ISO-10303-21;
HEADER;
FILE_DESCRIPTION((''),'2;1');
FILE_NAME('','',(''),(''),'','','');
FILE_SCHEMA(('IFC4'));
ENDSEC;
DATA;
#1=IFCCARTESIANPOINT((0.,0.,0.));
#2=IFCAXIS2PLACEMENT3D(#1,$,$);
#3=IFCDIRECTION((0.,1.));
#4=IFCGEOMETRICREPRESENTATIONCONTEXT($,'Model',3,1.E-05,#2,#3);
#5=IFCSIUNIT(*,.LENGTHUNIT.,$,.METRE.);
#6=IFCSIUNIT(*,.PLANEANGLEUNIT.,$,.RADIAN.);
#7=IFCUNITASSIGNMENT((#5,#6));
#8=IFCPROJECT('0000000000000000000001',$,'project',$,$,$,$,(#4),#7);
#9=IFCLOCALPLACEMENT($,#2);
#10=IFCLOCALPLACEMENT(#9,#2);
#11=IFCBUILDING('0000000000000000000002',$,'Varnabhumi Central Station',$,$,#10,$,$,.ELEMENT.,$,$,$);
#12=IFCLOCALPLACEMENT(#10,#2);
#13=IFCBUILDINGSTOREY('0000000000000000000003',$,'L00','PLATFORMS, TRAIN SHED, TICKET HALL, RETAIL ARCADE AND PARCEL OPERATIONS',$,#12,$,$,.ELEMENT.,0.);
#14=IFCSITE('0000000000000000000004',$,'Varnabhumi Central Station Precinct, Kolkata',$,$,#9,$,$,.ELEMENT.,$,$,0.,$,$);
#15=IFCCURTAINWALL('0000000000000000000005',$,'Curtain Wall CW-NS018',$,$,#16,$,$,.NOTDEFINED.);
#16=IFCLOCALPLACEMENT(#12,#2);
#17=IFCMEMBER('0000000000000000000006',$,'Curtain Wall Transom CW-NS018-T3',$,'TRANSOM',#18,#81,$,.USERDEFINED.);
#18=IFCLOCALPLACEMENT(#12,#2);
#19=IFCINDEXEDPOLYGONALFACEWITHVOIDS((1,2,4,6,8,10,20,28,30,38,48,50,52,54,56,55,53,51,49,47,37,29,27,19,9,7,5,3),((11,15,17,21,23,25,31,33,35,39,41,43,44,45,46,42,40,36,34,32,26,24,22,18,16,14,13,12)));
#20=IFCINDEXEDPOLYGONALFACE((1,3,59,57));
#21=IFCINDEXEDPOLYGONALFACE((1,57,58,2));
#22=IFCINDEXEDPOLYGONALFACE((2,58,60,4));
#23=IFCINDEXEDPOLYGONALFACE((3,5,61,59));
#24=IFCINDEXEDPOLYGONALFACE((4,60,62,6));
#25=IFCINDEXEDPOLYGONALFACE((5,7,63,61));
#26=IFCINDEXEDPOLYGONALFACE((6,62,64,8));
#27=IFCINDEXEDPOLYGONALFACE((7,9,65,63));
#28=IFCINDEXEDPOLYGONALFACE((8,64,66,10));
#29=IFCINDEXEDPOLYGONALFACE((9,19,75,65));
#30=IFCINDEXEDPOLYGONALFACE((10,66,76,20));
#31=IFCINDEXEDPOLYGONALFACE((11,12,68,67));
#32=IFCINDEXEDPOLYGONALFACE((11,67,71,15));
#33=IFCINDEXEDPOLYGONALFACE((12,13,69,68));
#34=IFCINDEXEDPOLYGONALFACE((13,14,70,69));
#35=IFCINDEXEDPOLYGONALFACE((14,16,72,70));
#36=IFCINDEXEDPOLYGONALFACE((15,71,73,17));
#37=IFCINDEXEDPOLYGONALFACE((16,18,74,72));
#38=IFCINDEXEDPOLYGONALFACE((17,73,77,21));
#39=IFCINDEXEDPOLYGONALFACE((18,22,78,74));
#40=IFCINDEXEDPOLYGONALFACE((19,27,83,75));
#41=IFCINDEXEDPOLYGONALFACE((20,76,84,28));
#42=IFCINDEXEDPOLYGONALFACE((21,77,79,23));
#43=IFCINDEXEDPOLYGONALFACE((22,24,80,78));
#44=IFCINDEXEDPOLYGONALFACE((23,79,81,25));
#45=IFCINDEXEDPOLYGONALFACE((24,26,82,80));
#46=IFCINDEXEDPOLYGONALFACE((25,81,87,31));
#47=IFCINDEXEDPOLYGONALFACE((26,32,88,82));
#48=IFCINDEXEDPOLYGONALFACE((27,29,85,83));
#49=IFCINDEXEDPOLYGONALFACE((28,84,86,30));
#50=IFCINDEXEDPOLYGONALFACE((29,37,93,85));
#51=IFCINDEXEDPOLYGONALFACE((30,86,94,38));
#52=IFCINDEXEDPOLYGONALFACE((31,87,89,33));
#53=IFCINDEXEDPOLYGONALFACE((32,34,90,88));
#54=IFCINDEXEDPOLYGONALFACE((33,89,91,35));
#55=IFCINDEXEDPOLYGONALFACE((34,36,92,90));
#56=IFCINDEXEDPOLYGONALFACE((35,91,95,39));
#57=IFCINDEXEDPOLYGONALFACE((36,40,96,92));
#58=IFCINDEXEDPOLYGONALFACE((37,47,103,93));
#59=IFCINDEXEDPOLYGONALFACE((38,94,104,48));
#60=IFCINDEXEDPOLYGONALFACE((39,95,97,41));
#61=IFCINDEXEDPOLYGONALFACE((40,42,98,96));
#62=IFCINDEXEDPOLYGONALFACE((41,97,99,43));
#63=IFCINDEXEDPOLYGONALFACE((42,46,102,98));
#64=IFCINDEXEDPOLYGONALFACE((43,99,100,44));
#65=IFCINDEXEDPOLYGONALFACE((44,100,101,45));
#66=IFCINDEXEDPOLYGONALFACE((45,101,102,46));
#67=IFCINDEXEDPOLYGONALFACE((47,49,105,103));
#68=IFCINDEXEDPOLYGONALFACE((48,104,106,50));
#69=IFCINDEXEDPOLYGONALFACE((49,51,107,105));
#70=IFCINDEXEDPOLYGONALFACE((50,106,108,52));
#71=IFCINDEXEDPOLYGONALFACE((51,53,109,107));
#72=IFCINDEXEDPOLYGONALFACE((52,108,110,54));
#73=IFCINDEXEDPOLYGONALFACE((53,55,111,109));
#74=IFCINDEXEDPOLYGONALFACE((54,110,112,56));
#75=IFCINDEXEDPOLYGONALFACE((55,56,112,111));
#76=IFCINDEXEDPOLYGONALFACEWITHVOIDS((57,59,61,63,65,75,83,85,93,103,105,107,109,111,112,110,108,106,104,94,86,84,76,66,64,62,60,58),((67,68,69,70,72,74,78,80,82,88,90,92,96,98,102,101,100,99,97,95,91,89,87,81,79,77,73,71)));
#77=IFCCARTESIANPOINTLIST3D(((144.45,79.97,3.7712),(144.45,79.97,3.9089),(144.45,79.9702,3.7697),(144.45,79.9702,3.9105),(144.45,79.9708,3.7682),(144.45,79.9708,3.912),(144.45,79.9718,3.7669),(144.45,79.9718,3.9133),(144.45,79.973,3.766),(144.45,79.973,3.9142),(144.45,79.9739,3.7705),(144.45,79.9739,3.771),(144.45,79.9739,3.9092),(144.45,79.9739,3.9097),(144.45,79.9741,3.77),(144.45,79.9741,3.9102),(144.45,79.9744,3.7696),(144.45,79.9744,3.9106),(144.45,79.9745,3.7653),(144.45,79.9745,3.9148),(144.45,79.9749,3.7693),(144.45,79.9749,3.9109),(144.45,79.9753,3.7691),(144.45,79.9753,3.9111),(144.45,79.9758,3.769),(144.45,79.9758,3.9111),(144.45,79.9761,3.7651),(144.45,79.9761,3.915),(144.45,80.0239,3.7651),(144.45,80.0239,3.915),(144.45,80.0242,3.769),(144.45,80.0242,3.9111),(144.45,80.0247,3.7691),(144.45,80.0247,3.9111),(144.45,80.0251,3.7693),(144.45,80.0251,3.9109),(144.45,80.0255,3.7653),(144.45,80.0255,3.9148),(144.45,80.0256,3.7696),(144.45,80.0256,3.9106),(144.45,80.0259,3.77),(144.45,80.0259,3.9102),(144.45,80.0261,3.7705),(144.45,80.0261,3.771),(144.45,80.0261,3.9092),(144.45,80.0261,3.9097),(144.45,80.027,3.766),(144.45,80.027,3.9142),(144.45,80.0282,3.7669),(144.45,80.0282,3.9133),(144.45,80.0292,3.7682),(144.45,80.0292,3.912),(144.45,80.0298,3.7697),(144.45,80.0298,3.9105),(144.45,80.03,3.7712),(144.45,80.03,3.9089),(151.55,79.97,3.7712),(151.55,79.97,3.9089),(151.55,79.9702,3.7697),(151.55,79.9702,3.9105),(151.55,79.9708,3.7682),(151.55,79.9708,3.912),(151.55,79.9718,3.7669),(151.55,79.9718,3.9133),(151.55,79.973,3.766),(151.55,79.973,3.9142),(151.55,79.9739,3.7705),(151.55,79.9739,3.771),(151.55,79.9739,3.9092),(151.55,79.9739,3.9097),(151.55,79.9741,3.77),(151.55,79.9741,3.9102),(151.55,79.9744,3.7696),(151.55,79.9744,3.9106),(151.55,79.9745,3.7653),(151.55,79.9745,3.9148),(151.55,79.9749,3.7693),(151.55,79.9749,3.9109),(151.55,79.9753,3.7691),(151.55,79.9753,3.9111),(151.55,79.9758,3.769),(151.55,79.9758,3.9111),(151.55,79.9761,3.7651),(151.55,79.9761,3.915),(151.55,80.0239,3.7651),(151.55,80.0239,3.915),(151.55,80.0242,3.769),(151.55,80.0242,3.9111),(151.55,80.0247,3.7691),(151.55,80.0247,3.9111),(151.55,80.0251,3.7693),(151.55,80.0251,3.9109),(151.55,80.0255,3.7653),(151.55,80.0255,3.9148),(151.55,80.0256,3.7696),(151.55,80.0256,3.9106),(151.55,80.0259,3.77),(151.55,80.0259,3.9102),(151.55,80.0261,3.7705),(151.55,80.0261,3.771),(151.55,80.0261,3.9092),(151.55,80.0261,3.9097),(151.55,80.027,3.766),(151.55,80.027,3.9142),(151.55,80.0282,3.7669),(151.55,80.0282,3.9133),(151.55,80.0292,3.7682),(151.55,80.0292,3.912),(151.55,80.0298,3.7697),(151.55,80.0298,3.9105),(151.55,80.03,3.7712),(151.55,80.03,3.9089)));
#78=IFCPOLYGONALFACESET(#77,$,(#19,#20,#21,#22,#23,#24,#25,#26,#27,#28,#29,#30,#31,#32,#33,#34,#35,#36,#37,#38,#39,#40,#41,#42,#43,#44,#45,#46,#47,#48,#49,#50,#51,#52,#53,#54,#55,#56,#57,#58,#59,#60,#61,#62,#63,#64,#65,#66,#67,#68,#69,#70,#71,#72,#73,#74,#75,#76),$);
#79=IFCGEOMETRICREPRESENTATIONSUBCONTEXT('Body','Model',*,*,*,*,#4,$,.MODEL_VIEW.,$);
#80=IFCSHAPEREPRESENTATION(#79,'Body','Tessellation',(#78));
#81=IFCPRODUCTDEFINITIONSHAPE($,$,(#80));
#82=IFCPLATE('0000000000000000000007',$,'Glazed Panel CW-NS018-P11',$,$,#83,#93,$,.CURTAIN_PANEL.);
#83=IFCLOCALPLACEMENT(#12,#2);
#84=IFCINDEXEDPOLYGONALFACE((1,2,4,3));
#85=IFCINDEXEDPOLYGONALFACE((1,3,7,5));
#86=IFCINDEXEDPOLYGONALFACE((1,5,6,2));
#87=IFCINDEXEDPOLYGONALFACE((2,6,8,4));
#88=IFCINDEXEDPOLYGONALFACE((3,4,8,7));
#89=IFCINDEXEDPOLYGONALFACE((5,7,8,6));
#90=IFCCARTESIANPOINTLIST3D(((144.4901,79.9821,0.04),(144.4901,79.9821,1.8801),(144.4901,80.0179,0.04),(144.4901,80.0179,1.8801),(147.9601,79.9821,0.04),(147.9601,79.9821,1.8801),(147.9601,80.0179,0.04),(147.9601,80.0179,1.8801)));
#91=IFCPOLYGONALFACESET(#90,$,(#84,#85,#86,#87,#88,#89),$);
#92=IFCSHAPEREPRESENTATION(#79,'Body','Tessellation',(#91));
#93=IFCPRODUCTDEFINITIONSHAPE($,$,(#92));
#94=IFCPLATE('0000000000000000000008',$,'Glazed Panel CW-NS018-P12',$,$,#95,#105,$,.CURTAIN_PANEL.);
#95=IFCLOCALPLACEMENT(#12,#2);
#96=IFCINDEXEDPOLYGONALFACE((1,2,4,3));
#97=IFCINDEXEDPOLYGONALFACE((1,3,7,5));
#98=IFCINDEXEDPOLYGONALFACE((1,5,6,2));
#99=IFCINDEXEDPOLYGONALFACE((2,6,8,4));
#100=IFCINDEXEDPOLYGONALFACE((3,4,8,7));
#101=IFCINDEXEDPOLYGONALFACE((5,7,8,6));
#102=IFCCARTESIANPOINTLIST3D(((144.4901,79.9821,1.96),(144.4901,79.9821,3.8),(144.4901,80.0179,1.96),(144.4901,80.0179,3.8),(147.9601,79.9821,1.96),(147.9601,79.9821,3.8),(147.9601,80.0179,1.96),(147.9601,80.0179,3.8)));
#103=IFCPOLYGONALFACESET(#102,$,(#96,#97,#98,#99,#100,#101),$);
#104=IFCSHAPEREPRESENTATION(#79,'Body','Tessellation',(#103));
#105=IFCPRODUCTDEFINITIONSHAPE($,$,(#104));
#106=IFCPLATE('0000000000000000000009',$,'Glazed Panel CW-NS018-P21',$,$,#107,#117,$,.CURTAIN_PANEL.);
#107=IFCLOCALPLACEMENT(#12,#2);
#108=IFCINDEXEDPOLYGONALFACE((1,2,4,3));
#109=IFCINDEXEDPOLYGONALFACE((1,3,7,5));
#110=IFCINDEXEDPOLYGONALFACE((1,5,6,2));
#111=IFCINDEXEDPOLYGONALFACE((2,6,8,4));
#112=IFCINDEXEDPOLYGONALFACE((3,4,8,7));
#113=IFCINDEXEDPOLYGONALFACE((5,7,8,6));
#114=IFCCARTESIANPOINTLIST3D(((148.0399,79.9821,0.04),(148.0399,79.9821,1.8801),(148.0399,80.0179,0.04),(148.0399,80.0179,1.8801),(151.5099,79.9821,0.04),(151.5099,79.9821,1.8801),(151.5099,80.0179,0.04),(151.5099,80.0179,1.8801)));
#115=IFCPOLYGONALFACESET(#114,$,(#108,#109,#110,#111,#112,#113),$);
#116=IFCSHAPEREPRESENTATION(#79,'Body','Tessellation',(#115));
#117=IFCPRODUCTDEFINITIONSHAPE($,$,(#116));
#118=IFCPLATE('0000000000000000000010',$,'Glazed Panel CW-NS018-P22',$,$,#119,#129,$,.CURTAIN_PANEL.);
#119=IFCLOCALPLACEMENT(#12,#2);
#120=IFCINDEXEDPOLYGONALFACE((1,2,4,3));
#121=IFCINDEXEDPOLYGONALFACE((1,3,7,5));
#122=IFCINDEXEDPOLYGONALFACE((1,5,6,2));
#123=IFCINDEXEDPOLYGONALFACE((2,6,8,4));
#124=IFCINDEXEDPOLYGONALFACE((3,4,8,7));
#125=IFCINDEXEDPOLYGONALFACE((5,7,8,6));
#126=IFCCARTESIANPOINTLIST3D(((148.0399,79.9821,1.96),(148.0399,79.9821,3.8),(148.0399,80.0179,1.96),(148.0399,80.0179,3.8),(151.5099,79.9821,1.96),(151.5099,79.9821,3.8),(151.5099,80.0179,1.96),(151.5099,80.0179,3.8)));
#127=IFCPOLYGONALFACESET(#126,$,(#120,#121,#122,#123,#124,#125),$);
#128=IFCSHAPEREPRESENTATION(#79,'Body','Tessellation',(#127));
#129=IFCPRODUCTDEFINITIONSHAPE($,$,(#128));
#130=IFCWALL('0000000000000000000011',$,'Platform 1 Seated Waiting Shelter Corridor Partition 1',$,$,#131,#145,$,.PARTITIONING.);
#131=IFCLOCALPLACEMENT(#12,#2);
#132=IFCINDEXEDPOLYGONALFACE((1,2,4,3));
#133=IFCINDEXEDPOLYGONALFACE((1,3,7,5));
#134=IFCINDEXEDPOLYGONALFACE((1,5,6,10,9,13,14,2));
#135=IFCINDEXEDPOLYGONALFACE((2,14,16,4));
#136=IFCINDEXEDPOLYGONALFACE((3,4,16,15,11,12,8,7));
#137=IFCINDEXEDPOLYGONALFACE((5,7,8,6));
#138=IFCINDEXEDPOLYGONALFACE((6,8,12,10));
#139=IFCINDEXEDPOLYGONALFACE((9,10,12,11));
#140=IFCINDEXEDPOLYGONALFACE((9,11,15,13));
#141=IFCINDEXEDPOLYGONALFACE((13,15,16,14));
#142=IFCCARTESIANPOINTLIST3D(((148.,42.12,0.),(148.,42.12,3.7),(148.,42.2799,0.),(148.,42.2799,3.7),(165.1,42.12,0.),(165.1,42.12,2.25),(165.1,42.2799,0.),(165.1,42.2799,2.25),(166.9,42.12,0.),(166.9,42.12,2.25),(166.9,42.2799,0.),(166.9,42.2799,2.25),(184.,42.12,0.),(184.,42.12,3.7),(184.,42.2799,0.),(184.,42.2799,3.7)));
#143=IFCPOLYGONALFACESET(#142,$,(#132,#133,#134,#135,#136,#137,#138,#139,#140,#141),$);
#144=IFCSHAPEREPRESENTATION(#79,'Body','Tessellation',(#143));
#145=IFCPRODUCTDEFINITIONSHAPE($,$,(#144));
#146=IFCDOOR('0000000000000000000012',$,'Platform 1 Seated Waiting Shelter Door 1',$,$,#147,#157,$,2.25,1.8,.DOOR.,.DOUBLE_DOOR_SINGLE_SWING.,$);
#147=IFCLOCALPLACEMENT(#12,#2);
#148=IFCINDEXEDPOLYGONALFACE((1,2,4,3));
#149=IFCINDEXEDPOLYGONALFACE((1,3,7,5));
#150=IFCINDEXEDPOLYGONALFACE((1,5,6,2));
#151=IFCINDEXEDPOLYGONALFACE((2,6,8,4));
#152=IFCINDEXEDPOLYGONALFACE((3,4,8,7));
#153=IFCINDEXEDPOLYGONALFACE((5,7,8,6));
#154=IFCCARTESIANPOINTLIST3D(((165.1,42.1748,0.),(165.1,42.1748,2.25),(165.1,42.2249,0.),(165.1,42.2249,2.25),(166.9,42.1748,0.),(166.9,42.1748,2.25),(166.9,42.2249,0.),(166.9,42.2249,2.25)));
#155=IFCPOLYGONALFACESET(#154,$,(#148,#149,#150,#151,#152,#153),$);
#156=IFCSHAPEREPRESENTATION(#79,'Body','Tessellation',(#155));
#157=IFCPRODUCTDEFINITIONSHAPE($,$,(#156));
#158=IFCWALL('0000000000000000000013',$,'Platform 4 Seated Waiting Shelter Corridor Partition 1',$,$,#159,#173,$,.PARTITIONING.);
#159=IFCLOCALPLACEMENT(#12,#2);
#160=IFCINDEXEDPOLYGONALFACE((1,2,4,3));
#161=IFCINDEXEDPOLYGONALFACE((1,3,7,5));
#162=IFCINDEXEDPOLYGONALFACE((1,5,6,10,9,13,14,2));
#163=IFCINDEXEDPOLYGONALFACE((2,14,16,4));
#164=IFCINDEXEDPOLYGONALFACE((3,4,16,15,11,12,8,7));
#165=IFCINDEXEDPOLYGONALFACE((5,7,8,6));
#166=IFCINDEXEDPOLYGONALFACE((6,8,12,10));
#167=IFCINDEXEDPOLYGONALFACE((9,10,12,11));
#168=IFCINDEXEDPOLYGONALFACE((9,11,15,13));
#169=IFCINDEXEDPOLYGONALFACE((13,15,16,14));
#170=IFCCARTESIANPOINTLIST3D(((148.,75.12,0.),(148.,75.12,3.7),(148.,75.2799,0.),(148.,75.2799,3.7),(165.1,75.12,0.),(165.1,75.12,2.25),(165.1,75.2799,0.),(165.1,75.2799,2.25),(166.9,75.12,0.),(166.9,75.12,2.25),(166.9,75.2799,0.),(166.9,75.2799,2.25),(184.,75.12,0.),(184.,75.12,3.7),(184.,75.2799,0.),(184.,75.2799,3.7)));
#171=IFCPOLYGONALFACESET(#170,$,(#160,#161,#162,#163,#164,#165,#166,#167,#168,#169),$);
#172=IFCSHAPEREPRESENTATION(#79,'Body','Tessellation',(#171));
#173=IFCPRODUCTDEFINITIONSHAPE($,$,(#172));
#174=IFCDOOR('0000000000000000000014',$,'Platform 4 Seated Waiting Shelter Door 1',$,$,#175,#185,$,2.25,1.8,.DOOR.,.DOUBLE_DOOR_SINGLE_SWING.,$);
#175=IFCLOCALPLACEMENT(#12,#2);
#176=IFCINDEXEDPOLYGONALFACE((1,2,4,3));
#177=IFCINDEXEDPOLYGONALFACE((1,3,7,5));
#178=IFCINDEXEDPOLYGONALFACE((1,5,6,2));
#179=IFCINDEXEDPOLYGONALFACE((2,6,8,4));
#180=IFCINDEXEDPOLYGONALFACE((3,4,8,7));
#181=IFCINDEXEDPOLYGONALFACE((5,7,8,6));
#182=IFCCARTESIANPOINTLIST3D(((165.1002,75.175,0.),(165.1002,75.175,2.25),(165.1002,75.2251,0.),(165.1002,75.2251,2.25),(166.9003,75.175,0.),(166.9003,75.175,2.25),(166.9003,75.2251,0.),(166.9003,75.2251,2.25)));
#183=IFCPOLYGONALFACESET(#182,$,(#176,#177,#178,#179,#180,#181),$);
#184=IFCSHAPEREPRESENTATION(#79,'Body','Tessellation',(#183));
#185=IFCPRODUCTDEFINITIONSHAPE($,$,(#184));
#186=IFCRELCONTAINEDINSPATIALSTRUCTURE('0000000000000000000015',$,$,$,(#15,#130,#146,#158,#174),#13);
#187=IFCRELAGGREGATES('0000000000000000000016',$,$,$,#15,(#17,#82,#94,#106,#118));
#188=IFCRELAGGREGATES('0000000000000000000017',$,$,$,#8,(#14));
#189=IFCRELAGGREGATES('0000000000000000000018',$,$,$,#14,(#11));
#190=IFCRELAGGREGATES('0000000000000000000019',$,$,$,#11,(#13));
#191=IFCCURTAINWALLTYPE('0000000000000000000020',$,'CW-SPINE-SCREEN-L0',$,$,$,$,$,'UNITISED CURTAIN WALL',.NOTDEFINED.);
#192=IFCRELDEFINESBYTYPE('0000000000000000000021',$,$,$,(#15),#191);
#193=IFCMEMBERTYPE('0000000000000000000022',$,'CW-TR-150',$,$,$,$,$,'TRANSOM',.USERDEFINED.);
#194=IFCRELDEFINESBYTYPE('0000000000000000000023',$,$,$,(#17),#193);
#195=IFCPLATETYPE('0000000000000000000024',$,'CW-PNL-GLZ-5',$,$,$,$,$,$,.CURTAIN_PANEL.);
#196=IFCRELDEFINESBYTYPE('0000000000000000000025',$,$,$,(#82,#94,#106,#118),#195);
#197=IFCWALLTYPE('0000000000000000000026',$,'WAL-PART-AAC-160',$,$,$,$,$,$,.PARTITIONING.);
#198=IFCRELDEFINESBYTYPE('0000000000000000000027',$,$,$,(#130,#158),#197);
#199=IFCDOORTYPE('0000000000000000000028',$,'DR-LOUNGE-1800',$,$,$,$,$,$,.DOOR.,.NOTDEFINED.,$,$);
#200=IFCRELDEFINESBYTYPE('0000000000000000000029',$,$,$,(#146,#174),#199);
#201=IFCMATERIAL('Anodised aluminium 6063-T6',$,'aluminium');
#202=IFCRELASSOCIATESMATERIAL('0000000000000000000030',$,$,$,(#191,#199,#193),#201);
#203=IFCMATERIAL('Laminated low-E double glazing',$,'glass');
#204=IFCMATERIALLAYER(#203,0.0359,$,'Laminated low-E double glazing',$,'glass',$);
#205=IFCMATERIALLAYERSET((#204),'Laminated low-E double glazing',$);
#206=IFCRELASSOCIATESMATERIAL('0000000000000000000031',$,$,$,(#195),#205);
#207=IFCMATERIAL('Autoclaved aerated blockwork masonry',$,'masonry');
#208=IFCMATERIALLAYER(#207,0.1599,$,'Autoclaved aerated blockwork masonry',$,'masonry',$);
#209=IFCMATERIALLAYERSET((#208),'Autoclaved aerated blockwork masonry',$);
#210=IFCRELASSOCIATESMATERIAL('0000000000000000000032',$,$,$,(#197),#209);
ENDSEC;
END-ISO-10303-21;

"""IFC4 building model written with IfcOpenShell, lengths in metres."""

from ifc_helpers import new_model, si_unit, direction, frame, frame_2d, origin, origin_2d, place, context, subcontext, project, spatial, rectangle, hollow_rectangle, extrude, material, layer, layer_set, material_profile, profile_set, type_object, element, fill, aggregate, save


model = new_model("IFC4")

# Units and contexts
model_context = context("Model", 3, precision=1e-05, world=origin(), true_north=direction((0.0, 1.0)))
body_context = subcontext(model_context, "Body", "Model", "MODEL_VIEW")
ifc_project = project(units=[si_unit("LENGTHUNIT", "METRE"), si_unit("PLANEANGLEUNIT", "RADIAN")], contexts=[model_context])

# Site, building, storey
site_placement = place(None, origin())
site = spatial("IfcSite", under=ifc_project, at=site_placement, Name="Varnabhumi Central Station Precinct, Kolkata", CompositionType="ELEMENT", RefElevation=0.0)
building_placement = place(site_placement, origin())
building = spatial("IfcBuilding", under=site, at=building_placement, Name="Varnabhumi Central Station", CompositionType="ELEMENT")
storey_placement = place(building_placement, origin())
storey = spatial("IfcBuildingStorey", under=building, at=storey_placement, Name="L00", Description="PLATFORMS, TRAIN SHED, TICKET HALL, RETAIL ARCADE AND PARCEL OPERATIONS", CompositionType="ELEMENT", Elevation=0.0)

# Curtain wall, member, plates
ifc_material_1 = material(Name="Anodised aluminium 6063-T6", Category="aluminium")
curtain_wall_type = type_object("IfcCurtainWallType", Name="CW-SPINE-SCREEN-L0", ElementType="UNITISED CURTAIN WALL", PredefinedType="NOTDEFINED", material=ifc_material_1)
curtain_wall_placement = place(storey_placement, origin())
curtain_wall = element("IfcCurtainWall", 1, at=curtain_wall_placement, inside=storey, type_object=curtain_wall_type, Name="Curtain Wall CW-NS018", PredefinedType="NOTDEFINED")
ifc_material_profile_1 = material_profile(ifc_material_1, hollow_rectangle(XDim=0.0601, YDim=0.1499, WallThickness=0.0039, InnerFilletRadius=0.002, OuterFilletRadius=0.0061, at=origin_2d()), Name="Anodised aluminium 6063-T6", Category="aluminium")
ifc_profile_set_1 = profile_set([ifc_material_profile_1], Name="Anodised aluminium 6063-T6")
member_type_1 = type_object("IfcMemberType", Name="CW-TR-150", ElementType="TRANSOM", PredefinedType="USERDEFINED", material=ifc_profile_set_1)
member_1_placement = place(storey_placement, frame((144.45, 80.0, 3.8401), z_axis=(1.0, 0.0, 0.0), x_axis=(0.0, 1.0, 0.0)))
member_1 = element("IfcMember", 2, at=member_1_placement, type_object=member_type_1, Name="Curtain Wall Transom CW-NS018-T3", ObjectType="TRANSOM", PredefinedType="USERDEFINED", context=body_context, shape_type="SweptSolid", body=[
    extrude(hollow_rectangle(XDim=0.0601, YDim=0.1499, WallThickness=0.0039, InnerFilletRadius=0.002, OuterFilletRadius=0.0061, at=origin_2d()), origin(), (0.0, 0.0, 1.0), 7.1001),
])
ifc_material_2 = material(Name="Laminated low-E double glazing", Category="glass")
ifc_layer_1 = layer(ifc_material_2, 0.0359, Name="Laminated low-E double glazing", Category="glass")
ifc_layer_set_1 = layer_set([ifc_layer_1], Name="Laminated low-E double glazing")
plate_type = type_object("IfcPlateType", Name="CW-PNL-GLZ-5", PredefinedType="CURTAIN_PANEL", material=ifc_layer_set_1)
plate_1_placement = place(storey_placement, frame((146.2251, 80.0, 0.04), z_axis=(0.0, 0.0, 1.0), x_axis=(1.0, 0.0, 0.0)))
plate_1 = element("IfcPlate", 3, at=plate_1_placement, type_object=plate_type, Name="Glazed Panel CW-NS018-P11", PredefinedType="CURTAIN_PANEL", context=body_context, shape_type="SweptSolid", body=[
    extrude(rectangle(XDim=3.47, YDim=0.0359, at=origin_2d()), origin(), (0.0, 0.0, 1.0), 1.8401),
])
plate_2_placement = place(storey_placement, frame((146.2251, 80.0, 1.96), z_axis=(0.0, 0.0, 1.0), x_axis=(1.0, 0.0, 0.0)))
plate_2 = element("IfcPlate", 4, at=plate_2_placement, type_object=plate_type, Name="Glazed Panel CW-NS018-P12", PredefinedType="CURTAIN_PANEL", context=body_context, shape_type="SweptSolid", body=[
    extrude(rectangle(XDim=3.47, YDim=0.0359, at=origin_2d()), origin(), (0.0, 0.0, 1.0), 1.8401),
])
plate_3_placement = place(storey_placement, frame((149.7749, 80.0, 0.04), z_axis=(0.0, 0.0, 1.0), x_axis=(1.0, 0.0, 0.0)))
plate_3 = element("IfcPlate", 5, at=plate_3_placement, type_object=plate_type, Name="Glazed Panel CW-NS018-P21", PredefinedType="CURTAIN_PANEL", context=body_context, shape_type="SweptSolid", body=[
    extrude(rectangle(XDim=3.47, YDim=0.0359, at=origin_2d()), origin(), (0.0, 0.0, 1.0), 1.8401),
])
plate_4_placement = place(storey_placement, frame((149.7749, 80.0, 1.96), z_axis=(0.0, 0.0, 1.0), x_axis=(1.0, 0.0, 0.0)))
plate_4 = element("IfcPlate", 6, at=plate_4_placement, type_object=plate_type, Name="Glazed Panel CW-NS018-P22", PredefinedType="CURTAIN_PANEL", context=body_context, shape_type="SweptSolid", body=[
    extrude(rectangle(XDim=3.47, YDim=0.0359, at=origin_2d()), origin(), (0.0, 0.0, 1.0), 1.8401),
])
aggregate(curtain_wall, [member_1, plate_1, plate_2, plate_3, plate_4])

# Walls, openings, doors
ifc_material_3 = material(Name="Autoclaved aerated blockwork masonry", Category="masonry")
ifc_layer_2 = layer(ifc_material_3, 0.1599, Name="Autoclaved aerated blockwork masonry", Category="masonry")
ifc_layer_set_2 = layer_set([ifc_layer_2], Name="Autoclaved aerated blockwork masonry")
wall_type = type_object("IfcWallType", Name="WAL-PART-AAC-160", PredefinedType="PARTITIONING", material=ifc_layer_set_2)
wall_1_placement = place(storey_placement, frame((148.0, 42.2, 0.0), z_axis=(0.0, 0.0, 1.0), x_axis=(1.0, 0.0, 0.0)))
wall_1 = element("IfcWall", 7, at=wall_1_placement, inside=storey, type_object=wall_type, Name="Platform 1 Seated Waiting Shelter Corridor Partition 1", PredefinedType="PARTITIONING", context=body_context, shape_type="SweptSolid", body=[
    extrude(rectangle(XDim=36.0, YDim=0.1599, at=frame_2d((18.0, 0.0))), origin(), (0.0, 0.0, 1.0), 3.7),
])
opening_1_placement = place(wall_1_placement, frame((17.1001, 0.0, 0.0)))
opening_1 = element("IfcOpeningElement", 8, at=opening_1_placement, cuts=wall_1, PredefinedType="OPENING", context=body_context, shape_type="SweptSolid", body=[
    extrude(rectangle(XDim=1.8, YDim=2.25, at=frame_2d((0.8999, 1.125))), frame((0.0, 0.0898, 0.0), z_axis=(0.0, -1.0, 0.0), x_axis=(1.0, 0.0, 0.0)), (0.0, 0.0, 1.0), 0.1799),
])
door_type = type_object("IfcDoorType", Name="DR-LOUNGE-1800", OperationType="NOTDEFINED", PredefinedType="DOOR", material=ifc_material_1)
door_1_placement = place(opening_1_placement, origin())
door_1 = element("IfcDoor", 9, at=door_1_placement, inside=storey, type_object=door_type, Name="Platform 1 Seated Waiting Shelter Door 1", OperationType="DOUBLE_DOOR_SINGLE_SWING", OverallHeight=2.25, OverallWidth=1.8, PredefinedType="DOOR", context=body_context, shape_type="SweptSolid", body=[
    extrude(rectangle(XDim=1.8, YDim=2.25, at=frame_2d((0.8999, 1.125))), frame((0.0, 0.0249, 0.0), z_axis=(0.0, -1.0, 0.0), x_axis=(1.0, 0.0, 0.0)), (0.0, 0.0, 1.0), 0.05),
])
fill(opening_1, door_1)
wall_2_placement = place(storey_placement, frame((148.0, 75.2, 0.0), z_axis=(0.0, 0.0, 1.0), x_axis=(1.0, 0.0, 0.0)))
wall_2 = element("IfcWall", 10, at=wall_2_placement, inside=storey, type_object=wall_type, Name="Platform 4 Seated Waiting Shelter Corridor Partition 1", PredefinedType="PARTITIONING", context=body_context, shape_type="SweptSolid", body=[
    extrude(rectangle(XDim=36.0, YDim=0.1599, at=frame_2d((18.0, 0.0))), origin(), (0.0, 0.0, 1.0), 3.7),
])
opening_2_placement = place(wall_2_placement, frame((17.1001, 0.0, 0.0)))
opening_2 = element("IfcOpeningElement", 11, at=opening_2_placement, cuts=wall_2, PredefinedType="OPENING", context=body_context, shape_type="SweptSolid", body=[
    extrude(rectangle(XDim=1.8, YDim=2.25, at=frame_2d((0.8999, 1.125))), frame((0.0, 0.0898, 0.0), z_axis=(0.0, -1.0, 0.0), x_axis=(1.0, 0.0, 0.0)), (0.0, 0.0, 1.0), 0.1799),
])
door_2_placement = place(opening_2_placement, frame((1.8, 0.0, 0.0), z_axis=(0.0, 0.0, 1.0), x_axis=(-1.0, 0.0, 0.0)))
door_2 = element("IfcDoor", 12, at=door_2_placement, inside=storey, type_object=door_type, Name="Platform 4 Seated Waiting Shelter Door 1", OperationType="DOUBLE_DOOR_SINGLE_SWING", OverallHeight=2.25, OverallWidth=1.8, PredefinedType="DOOR", context=body_context, shape_type="SweptSolid", body=[
    extrude(rectangle(XDim=1.8, YDim=2.25, at=frame_2d((0.8999, 1.125))), frame((0.0, 0.0249, 0.0), z_axis=(0.0, -1.0, 0.0), x_axis=(1.0, 0.0, 0.0)), (0.0, 0.0, 1.0), 0.05),
])
fill(opening_2, door_2)

save(model, "model.ifc")
